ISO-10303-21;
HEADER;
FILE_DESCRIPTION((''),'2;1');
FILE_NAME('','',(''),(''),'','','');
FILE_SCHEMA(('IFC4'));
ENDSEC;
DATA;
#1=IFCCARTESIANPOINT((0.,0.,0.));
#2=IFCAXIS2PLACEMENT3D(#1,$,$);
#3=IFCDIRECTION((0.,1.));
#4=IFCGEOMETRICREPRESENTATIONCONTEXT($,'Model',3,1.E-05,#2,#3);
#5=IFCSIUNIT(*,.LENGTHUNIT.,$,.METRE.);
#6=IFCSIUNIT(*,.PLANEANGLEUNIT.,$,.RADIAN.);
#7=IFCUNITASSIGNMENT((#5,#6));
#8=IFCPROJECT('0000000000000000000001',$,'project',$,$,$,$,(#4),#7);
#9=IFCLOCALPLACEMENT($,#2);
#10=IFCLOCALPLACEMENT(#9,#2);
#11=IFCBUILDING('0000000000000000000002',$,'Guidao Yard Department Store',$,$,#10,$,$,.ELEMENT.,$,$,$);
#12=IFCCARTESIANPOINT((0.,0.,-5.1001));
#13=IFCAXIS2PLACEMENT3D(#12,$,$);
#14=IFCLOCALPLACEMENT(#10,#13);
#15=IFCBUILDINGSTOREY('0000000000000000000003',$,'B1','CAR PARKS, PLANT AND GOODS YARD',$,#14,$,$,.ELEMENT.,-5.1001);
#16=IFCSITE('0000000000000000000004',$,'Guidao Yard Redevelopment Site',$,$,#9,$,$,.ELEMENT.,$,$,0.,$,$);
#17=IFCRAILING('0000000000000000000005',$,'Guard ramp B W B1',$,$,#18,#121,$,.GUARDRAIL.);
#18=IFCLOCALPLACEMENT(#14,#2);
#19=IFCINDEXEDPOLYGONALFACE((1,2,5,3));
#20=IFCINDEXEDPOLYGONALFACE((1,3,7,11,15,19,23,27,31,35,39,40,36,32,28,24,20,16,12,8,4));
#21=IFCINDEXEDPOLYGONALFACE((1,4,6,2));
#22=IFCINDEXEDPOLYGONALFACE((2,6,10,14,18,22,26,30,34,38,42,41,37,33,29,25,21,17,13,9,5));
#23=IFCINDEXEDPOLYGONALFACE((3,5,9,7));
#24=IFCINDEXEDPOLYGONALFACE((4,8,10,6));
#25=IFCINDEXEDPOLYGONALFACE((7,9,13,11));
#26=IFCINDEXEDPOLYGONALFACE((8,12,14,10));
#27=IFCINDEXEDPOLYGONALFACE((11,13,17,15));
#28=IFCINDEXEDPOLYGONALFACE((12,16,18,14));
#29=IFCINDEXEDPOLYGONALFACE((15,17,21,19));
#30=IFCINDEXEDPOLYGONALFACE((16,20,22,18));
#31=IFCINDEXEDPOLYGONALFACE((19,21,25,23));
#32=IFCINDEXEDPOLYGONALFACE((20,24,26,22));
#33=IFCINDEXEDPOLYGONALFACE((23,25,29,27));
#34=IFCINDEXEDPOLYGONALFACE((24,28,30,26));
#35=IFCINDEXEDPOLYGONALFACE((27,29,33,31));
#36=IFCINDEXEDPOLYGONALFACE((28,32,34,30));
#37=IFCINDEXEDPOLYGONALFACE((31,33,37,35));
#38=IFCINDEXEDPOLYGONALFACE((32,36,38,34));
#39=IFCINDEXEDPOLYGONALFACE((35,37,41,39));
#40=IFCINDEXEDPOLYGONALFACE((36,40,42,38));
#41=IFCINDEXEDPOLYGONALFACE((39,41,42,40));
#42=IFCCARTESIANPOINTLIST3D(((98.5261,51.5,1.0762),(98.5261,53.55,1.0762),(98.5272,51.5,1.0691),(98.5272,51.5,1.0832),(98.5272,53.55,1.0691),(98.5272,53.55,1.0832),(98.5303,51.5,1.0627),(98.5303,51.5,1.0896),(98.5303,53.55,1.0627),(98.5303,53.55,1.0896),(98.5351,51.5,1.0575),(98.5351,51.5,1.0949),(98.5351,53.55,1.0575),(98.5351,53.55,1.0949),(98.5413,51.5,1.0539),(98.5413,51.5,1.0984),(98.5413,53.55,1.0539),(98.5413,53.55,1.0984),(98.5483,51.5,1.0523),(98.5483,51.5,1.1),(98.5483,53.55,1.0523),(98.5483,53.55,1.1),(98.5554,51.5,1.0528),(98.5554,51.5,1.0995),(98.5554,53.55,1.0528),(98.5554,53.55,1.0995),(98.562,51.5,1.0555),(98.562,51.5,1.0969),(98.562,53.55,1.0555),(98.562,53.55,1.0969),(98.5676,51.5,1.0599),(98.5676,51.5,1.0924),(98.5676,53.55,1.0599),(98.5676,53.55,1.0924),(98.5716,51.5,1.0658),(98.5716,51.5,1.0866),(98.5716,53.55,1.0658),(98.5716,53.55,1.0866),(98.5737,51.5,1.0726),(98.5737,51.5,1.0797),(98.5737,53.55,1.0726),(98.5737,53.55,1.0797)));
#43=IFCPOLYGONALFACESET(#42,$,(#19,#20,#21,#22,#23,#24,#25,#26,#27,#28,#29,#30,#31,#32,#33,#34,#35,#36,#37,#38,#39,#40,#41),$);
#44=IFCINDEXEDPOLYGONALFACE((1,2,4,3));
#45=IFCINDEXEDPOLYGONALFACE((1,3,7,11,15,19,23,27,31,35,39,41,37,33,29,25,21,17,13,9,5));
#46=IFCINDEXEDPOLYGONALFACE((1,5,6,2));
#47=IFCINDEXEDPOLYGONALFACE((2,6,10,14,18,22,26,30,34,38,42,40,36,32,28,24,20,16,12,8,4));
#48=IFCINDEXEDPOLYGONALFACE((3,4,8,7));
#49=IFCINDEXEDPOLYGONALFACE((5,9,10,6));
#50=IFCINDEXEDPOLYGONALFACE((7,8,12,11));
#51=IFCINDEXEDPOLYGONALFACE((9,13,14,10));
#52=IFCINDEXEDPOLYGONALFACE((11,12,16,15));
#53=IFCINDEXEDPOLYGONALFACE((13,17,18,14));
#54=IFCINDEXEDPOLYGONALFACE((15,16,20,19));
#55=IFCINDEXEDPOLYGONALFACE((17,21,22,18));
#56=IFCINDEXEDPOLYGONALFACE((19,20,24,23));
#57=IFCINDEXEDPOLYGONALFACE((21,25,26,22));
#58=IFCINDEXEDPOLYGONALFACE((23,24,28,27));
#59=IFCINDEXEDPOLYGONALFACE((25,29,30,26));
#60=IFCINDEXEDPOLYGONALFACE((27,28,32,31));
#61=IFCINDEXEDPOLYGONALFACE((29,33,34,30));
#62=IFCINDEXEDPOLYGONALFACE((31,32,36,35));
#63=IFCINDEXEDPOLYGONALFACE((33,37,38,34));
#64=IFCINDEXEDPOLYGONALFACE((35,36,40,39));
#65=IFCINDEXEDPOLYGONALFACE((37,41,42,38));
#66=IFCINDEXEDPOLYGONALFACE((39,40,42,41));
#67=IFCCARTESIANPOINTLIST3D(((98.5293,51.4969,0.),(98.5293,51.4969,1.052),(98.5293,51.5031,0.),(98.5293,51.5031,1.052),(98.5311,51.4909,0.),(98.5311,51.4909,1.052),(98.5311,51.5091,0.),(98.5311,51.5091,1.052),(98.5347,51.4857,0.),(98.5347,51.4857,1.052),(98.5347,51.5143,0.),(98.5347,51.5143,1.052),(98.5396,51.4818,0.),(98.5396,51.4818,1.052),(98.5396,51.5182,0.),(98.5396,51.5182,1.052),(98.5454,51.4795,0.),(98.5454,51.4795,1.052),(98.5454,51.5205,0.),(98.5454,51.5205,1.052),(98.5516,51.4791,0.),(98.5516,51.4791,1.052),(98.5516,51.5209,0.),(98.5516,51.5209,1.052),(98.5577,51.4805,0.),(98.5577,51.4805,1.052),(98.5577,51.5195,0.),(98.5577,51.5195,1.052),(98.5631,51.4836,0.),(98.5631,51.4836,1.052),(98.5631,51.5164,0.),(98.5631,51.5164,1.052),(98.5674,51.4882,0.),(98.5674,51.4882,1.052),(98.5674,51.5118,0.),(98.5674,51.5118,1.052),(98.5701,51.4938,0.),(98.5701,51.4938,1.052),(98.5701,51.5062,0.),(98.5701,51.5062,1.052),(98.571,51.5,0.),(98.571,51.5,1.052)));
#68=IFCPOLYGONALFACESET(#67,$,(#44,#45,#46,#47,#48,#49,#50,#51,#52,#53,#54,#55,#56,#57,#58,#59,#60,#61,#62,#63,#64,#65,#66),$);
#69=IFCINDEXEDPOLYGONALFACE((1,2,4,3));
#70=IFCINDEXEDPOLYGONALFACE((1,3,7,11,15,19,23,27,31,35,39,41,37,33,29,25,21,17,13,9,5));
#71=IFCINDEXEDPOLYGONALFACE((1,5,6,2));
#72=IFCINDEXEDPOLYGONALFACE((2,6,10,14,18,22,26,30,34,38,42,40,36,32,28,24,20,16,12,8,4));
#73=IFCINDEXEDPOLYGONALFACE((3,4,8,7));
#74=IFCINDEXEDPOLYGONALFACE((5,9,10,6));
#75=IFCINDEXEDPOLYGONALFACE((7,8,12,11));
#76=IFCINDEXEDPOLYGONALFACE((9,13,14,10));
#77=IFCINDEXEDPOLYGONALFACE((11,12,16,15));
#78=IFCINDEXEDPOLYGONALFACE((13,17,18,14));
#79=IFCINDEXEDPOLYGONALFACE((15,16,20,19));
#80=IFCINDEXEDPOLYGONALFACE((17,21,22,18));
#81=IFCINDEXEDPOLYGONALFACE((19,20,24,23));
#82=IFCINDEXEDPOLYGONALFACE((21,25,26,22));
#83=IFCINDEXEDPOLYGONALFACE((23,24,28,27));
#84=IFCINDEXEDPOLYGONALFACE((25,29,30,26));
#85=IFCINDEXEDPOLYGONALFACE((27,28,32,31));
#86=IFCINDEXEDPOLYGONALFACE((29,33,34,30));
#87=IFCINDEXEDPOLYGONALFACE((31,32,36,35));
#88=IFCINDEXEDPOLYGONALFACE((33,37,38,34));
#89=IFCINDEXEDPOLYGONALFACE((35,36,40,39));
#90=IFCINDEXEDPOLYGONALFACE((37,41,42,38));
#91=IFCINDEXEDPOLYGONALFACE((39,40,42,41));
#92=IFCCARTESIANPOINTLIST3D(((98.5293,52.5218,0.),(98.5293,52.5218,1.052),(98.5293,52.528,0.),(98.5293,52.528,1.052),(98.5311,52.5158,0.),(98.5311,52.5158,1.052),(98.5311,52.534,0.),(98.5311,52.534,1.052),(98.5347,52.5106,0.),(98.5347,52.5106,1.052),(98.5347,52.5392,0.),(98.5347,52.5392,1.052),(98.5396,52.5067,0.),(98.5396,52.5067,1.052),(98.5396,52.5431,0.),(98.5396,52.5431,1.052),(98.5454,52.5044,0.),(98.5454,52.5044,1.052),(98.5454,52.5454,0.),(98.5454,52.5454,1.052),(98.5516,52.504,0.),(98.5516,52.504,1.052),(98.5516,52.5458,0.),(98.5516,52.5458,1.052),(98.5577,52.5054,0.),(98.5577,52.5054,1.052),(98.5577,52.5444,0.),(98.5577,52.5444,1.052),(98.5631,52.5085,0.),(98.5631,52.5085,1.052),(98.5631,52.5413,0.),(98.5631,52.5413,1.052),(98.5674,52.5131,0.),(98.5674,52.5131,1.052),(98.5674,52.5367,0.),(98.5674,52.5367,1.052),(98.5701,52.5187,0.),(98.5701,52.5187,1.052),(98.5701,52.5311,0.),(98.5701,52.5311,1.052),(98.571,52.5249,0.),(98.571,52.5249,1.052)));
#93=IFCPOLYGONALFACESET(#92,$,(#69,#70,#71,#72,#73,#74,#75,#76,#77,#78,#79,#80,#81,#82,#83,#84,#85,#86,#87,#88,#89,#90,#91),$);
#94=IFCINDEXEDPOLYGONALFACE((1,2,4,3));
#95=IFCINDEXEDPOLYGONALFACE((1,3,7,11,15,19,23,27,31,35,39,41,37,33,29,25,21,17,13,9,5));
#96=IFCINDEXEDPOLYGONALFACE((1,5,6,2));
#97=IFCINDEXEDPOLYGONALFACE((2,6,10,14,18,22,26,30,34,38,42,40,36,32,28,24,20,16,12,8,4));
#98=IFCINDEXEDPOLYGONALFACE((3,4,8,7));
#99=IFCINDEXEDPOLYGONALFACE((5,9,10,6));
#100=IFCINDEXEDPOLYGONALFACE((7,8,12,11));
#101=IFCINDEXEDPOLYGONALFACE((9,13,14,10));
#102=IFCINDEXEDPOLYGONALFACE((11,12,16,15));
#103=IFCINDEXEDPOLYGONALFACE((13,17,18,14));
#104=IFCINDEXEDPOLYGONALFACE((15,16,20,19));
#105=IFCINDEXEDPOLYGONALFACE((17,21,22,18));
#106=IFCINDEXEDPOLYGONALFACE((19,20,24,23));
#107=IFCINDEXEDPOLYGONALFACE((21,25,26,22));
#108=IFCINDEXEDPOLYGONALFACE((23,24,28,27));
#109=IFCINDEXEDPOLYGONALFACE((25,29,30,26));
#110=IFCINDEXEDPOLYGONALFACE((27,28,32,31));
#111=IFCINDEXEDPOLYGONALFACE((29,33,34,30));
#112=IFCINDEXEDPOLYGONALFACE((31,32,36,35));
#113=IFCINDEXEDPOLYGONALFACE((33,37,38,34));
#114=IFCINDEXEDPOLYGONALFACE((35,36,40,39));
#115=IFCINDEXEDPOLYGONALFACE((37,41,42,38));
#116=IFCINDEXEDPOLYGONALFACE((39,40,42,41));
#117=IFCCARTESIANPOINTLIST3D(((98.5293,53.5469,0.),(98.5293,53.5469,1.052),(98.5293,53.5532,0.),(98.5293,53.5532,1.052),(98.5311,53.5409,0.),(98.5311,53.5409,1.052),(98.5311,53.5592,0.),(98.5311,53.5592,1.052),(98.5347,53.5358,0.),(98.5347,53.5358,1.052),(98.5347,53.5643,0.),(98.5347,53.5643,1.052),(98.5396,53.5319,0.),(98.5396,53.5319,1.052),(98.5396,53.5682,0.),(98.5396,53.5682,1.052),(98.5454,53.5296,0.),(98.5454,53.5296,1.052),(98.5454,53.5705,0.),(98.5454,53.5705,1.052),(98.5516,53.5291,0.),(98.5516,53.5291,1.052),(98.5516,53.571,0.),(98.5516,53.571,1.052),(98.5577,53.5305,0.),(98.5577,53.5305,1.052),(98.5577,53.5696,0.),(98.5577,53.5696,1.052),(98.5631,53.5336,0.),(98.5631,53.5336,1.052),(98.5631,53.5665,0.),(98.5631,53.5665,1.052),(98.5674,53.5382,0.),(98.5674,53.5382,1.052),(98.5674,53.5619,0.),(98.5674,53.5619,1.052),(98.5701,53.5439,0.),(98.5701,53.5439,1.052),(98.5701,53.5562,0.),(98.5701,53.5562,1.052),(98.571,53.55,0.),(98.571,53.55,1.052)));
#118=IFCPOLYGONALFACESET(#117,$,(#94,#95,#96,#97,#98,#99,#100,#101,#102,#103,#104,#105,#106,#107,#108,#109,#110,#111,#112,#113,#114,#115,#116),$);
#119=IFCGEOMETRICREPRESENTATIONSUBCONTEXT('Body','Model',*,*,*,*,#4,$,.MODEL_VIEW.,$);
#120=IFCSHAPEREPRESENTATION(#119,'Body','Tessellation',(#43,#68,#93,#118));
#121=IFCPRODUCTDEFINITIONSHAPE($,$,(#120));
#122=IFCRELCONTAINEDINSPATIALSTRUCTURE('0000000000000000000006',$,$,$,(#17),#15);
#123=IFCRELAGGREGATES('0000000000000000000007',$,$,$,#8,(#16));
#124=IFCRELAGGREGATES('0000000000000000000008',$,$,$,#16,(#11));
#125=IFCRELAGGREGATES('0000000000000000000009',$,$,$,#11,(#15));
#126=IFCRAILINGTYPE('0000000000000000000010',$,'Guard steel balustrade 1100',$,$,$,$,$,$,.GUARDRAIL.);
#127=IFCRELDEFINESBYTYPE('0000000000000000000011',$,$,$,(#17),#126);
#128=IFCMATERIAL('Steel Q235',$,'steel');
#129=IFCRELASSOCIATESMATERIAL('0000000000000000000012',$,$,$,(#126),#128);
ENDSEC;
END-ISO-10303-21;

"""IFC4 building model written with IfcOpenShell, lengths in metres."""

from ifc_helpers import new_model, si_unit, direction, frame, origin, origin_2d, place, context, subcontext, project, spatial, circle, extrude, material, type_object, element, save


model = new_model("IFC4")

# Units and contexts
model_context = context("Model", 3, precision=1e-05, world=origin(), true_north=direction((0.0, 1.0)))
body_context = subcontext(model_context, "Body", "Model", "MODEL_VIEW")
ifc_project = project(units=[si_unit("LENGTHUNIT", "METRE"), si_unit("PLANEANGLEUNIT", "RADIAN")], contexts=[model_context])

# Site, building, storey
site_placement = place(None, origin())
site = spatial("IfcSite", under=ifc_project, at=site_placement, Name="Guidao Yard Redevelopment Site", CompositionType="ELEMENT", RefElevation=0.0)
building_placement = place(site_placement, origin())
building = spatial("IfcBuilding", under=site, at=building_placement, Name="Guidao Yard Department Store", CompositionType="ELEMENT")
storey_placement = place(building_placement, frame((0.0, 0.0, -5.1001)))
storey = spatial("IfcBuildingStorey", under=building, at=storey_placement, Name="B1", Description="CAR PARKS, PLANT AND GOODS YARD", CompositionType="ELEMENT", Elevation=-5.1001)

# Railing
ifc_material_1 = material(Name="Steel Q235", Category="steel")
railing_type = type_object("IfcRailingType", Name="Guard steel balustrade 1100", PredefinedType="GUARDRAIL", material=ifc_material_1)
railing_1_placement = place(storey_placement, frame((98.55, 51.5, 0.0)))
element("IfcRailing", 1, at=railing_1_placement, inside=storey, type_object=railing_type, Name="Guard ramp B W B1", PredefinedType="GUARDRAIL", context=body_context, shape_type="SweptSolid", body=[
    extrude(circle(Radius=0.0239, at=origin_2d()), frame((0.0, 0.0, 1.0762), z_axis=(0.0, 1.0, 0.0), x_axis=(-1.0, 0.0, 0.0)), (0.0, 0.0, 1.0), 2.05),
    extrude(circle(Radius=0.021, at=origin_2d()), origin(), (0.0, 0.0, 1.0), 1.052),
    extrude(circle(Radius=0.021, at=origin_2d()), frame((0.0, 1.0249, 0.0)), (0.0, 0.0, 1.0), 1.052),
    extrude(circle(Radius=0.021, at=origin_2d()), frame((0.0, 2.05, 0.0)), (0.0, 0.0, 1.0), 1.052),
])

save(model, "model.ifc")
